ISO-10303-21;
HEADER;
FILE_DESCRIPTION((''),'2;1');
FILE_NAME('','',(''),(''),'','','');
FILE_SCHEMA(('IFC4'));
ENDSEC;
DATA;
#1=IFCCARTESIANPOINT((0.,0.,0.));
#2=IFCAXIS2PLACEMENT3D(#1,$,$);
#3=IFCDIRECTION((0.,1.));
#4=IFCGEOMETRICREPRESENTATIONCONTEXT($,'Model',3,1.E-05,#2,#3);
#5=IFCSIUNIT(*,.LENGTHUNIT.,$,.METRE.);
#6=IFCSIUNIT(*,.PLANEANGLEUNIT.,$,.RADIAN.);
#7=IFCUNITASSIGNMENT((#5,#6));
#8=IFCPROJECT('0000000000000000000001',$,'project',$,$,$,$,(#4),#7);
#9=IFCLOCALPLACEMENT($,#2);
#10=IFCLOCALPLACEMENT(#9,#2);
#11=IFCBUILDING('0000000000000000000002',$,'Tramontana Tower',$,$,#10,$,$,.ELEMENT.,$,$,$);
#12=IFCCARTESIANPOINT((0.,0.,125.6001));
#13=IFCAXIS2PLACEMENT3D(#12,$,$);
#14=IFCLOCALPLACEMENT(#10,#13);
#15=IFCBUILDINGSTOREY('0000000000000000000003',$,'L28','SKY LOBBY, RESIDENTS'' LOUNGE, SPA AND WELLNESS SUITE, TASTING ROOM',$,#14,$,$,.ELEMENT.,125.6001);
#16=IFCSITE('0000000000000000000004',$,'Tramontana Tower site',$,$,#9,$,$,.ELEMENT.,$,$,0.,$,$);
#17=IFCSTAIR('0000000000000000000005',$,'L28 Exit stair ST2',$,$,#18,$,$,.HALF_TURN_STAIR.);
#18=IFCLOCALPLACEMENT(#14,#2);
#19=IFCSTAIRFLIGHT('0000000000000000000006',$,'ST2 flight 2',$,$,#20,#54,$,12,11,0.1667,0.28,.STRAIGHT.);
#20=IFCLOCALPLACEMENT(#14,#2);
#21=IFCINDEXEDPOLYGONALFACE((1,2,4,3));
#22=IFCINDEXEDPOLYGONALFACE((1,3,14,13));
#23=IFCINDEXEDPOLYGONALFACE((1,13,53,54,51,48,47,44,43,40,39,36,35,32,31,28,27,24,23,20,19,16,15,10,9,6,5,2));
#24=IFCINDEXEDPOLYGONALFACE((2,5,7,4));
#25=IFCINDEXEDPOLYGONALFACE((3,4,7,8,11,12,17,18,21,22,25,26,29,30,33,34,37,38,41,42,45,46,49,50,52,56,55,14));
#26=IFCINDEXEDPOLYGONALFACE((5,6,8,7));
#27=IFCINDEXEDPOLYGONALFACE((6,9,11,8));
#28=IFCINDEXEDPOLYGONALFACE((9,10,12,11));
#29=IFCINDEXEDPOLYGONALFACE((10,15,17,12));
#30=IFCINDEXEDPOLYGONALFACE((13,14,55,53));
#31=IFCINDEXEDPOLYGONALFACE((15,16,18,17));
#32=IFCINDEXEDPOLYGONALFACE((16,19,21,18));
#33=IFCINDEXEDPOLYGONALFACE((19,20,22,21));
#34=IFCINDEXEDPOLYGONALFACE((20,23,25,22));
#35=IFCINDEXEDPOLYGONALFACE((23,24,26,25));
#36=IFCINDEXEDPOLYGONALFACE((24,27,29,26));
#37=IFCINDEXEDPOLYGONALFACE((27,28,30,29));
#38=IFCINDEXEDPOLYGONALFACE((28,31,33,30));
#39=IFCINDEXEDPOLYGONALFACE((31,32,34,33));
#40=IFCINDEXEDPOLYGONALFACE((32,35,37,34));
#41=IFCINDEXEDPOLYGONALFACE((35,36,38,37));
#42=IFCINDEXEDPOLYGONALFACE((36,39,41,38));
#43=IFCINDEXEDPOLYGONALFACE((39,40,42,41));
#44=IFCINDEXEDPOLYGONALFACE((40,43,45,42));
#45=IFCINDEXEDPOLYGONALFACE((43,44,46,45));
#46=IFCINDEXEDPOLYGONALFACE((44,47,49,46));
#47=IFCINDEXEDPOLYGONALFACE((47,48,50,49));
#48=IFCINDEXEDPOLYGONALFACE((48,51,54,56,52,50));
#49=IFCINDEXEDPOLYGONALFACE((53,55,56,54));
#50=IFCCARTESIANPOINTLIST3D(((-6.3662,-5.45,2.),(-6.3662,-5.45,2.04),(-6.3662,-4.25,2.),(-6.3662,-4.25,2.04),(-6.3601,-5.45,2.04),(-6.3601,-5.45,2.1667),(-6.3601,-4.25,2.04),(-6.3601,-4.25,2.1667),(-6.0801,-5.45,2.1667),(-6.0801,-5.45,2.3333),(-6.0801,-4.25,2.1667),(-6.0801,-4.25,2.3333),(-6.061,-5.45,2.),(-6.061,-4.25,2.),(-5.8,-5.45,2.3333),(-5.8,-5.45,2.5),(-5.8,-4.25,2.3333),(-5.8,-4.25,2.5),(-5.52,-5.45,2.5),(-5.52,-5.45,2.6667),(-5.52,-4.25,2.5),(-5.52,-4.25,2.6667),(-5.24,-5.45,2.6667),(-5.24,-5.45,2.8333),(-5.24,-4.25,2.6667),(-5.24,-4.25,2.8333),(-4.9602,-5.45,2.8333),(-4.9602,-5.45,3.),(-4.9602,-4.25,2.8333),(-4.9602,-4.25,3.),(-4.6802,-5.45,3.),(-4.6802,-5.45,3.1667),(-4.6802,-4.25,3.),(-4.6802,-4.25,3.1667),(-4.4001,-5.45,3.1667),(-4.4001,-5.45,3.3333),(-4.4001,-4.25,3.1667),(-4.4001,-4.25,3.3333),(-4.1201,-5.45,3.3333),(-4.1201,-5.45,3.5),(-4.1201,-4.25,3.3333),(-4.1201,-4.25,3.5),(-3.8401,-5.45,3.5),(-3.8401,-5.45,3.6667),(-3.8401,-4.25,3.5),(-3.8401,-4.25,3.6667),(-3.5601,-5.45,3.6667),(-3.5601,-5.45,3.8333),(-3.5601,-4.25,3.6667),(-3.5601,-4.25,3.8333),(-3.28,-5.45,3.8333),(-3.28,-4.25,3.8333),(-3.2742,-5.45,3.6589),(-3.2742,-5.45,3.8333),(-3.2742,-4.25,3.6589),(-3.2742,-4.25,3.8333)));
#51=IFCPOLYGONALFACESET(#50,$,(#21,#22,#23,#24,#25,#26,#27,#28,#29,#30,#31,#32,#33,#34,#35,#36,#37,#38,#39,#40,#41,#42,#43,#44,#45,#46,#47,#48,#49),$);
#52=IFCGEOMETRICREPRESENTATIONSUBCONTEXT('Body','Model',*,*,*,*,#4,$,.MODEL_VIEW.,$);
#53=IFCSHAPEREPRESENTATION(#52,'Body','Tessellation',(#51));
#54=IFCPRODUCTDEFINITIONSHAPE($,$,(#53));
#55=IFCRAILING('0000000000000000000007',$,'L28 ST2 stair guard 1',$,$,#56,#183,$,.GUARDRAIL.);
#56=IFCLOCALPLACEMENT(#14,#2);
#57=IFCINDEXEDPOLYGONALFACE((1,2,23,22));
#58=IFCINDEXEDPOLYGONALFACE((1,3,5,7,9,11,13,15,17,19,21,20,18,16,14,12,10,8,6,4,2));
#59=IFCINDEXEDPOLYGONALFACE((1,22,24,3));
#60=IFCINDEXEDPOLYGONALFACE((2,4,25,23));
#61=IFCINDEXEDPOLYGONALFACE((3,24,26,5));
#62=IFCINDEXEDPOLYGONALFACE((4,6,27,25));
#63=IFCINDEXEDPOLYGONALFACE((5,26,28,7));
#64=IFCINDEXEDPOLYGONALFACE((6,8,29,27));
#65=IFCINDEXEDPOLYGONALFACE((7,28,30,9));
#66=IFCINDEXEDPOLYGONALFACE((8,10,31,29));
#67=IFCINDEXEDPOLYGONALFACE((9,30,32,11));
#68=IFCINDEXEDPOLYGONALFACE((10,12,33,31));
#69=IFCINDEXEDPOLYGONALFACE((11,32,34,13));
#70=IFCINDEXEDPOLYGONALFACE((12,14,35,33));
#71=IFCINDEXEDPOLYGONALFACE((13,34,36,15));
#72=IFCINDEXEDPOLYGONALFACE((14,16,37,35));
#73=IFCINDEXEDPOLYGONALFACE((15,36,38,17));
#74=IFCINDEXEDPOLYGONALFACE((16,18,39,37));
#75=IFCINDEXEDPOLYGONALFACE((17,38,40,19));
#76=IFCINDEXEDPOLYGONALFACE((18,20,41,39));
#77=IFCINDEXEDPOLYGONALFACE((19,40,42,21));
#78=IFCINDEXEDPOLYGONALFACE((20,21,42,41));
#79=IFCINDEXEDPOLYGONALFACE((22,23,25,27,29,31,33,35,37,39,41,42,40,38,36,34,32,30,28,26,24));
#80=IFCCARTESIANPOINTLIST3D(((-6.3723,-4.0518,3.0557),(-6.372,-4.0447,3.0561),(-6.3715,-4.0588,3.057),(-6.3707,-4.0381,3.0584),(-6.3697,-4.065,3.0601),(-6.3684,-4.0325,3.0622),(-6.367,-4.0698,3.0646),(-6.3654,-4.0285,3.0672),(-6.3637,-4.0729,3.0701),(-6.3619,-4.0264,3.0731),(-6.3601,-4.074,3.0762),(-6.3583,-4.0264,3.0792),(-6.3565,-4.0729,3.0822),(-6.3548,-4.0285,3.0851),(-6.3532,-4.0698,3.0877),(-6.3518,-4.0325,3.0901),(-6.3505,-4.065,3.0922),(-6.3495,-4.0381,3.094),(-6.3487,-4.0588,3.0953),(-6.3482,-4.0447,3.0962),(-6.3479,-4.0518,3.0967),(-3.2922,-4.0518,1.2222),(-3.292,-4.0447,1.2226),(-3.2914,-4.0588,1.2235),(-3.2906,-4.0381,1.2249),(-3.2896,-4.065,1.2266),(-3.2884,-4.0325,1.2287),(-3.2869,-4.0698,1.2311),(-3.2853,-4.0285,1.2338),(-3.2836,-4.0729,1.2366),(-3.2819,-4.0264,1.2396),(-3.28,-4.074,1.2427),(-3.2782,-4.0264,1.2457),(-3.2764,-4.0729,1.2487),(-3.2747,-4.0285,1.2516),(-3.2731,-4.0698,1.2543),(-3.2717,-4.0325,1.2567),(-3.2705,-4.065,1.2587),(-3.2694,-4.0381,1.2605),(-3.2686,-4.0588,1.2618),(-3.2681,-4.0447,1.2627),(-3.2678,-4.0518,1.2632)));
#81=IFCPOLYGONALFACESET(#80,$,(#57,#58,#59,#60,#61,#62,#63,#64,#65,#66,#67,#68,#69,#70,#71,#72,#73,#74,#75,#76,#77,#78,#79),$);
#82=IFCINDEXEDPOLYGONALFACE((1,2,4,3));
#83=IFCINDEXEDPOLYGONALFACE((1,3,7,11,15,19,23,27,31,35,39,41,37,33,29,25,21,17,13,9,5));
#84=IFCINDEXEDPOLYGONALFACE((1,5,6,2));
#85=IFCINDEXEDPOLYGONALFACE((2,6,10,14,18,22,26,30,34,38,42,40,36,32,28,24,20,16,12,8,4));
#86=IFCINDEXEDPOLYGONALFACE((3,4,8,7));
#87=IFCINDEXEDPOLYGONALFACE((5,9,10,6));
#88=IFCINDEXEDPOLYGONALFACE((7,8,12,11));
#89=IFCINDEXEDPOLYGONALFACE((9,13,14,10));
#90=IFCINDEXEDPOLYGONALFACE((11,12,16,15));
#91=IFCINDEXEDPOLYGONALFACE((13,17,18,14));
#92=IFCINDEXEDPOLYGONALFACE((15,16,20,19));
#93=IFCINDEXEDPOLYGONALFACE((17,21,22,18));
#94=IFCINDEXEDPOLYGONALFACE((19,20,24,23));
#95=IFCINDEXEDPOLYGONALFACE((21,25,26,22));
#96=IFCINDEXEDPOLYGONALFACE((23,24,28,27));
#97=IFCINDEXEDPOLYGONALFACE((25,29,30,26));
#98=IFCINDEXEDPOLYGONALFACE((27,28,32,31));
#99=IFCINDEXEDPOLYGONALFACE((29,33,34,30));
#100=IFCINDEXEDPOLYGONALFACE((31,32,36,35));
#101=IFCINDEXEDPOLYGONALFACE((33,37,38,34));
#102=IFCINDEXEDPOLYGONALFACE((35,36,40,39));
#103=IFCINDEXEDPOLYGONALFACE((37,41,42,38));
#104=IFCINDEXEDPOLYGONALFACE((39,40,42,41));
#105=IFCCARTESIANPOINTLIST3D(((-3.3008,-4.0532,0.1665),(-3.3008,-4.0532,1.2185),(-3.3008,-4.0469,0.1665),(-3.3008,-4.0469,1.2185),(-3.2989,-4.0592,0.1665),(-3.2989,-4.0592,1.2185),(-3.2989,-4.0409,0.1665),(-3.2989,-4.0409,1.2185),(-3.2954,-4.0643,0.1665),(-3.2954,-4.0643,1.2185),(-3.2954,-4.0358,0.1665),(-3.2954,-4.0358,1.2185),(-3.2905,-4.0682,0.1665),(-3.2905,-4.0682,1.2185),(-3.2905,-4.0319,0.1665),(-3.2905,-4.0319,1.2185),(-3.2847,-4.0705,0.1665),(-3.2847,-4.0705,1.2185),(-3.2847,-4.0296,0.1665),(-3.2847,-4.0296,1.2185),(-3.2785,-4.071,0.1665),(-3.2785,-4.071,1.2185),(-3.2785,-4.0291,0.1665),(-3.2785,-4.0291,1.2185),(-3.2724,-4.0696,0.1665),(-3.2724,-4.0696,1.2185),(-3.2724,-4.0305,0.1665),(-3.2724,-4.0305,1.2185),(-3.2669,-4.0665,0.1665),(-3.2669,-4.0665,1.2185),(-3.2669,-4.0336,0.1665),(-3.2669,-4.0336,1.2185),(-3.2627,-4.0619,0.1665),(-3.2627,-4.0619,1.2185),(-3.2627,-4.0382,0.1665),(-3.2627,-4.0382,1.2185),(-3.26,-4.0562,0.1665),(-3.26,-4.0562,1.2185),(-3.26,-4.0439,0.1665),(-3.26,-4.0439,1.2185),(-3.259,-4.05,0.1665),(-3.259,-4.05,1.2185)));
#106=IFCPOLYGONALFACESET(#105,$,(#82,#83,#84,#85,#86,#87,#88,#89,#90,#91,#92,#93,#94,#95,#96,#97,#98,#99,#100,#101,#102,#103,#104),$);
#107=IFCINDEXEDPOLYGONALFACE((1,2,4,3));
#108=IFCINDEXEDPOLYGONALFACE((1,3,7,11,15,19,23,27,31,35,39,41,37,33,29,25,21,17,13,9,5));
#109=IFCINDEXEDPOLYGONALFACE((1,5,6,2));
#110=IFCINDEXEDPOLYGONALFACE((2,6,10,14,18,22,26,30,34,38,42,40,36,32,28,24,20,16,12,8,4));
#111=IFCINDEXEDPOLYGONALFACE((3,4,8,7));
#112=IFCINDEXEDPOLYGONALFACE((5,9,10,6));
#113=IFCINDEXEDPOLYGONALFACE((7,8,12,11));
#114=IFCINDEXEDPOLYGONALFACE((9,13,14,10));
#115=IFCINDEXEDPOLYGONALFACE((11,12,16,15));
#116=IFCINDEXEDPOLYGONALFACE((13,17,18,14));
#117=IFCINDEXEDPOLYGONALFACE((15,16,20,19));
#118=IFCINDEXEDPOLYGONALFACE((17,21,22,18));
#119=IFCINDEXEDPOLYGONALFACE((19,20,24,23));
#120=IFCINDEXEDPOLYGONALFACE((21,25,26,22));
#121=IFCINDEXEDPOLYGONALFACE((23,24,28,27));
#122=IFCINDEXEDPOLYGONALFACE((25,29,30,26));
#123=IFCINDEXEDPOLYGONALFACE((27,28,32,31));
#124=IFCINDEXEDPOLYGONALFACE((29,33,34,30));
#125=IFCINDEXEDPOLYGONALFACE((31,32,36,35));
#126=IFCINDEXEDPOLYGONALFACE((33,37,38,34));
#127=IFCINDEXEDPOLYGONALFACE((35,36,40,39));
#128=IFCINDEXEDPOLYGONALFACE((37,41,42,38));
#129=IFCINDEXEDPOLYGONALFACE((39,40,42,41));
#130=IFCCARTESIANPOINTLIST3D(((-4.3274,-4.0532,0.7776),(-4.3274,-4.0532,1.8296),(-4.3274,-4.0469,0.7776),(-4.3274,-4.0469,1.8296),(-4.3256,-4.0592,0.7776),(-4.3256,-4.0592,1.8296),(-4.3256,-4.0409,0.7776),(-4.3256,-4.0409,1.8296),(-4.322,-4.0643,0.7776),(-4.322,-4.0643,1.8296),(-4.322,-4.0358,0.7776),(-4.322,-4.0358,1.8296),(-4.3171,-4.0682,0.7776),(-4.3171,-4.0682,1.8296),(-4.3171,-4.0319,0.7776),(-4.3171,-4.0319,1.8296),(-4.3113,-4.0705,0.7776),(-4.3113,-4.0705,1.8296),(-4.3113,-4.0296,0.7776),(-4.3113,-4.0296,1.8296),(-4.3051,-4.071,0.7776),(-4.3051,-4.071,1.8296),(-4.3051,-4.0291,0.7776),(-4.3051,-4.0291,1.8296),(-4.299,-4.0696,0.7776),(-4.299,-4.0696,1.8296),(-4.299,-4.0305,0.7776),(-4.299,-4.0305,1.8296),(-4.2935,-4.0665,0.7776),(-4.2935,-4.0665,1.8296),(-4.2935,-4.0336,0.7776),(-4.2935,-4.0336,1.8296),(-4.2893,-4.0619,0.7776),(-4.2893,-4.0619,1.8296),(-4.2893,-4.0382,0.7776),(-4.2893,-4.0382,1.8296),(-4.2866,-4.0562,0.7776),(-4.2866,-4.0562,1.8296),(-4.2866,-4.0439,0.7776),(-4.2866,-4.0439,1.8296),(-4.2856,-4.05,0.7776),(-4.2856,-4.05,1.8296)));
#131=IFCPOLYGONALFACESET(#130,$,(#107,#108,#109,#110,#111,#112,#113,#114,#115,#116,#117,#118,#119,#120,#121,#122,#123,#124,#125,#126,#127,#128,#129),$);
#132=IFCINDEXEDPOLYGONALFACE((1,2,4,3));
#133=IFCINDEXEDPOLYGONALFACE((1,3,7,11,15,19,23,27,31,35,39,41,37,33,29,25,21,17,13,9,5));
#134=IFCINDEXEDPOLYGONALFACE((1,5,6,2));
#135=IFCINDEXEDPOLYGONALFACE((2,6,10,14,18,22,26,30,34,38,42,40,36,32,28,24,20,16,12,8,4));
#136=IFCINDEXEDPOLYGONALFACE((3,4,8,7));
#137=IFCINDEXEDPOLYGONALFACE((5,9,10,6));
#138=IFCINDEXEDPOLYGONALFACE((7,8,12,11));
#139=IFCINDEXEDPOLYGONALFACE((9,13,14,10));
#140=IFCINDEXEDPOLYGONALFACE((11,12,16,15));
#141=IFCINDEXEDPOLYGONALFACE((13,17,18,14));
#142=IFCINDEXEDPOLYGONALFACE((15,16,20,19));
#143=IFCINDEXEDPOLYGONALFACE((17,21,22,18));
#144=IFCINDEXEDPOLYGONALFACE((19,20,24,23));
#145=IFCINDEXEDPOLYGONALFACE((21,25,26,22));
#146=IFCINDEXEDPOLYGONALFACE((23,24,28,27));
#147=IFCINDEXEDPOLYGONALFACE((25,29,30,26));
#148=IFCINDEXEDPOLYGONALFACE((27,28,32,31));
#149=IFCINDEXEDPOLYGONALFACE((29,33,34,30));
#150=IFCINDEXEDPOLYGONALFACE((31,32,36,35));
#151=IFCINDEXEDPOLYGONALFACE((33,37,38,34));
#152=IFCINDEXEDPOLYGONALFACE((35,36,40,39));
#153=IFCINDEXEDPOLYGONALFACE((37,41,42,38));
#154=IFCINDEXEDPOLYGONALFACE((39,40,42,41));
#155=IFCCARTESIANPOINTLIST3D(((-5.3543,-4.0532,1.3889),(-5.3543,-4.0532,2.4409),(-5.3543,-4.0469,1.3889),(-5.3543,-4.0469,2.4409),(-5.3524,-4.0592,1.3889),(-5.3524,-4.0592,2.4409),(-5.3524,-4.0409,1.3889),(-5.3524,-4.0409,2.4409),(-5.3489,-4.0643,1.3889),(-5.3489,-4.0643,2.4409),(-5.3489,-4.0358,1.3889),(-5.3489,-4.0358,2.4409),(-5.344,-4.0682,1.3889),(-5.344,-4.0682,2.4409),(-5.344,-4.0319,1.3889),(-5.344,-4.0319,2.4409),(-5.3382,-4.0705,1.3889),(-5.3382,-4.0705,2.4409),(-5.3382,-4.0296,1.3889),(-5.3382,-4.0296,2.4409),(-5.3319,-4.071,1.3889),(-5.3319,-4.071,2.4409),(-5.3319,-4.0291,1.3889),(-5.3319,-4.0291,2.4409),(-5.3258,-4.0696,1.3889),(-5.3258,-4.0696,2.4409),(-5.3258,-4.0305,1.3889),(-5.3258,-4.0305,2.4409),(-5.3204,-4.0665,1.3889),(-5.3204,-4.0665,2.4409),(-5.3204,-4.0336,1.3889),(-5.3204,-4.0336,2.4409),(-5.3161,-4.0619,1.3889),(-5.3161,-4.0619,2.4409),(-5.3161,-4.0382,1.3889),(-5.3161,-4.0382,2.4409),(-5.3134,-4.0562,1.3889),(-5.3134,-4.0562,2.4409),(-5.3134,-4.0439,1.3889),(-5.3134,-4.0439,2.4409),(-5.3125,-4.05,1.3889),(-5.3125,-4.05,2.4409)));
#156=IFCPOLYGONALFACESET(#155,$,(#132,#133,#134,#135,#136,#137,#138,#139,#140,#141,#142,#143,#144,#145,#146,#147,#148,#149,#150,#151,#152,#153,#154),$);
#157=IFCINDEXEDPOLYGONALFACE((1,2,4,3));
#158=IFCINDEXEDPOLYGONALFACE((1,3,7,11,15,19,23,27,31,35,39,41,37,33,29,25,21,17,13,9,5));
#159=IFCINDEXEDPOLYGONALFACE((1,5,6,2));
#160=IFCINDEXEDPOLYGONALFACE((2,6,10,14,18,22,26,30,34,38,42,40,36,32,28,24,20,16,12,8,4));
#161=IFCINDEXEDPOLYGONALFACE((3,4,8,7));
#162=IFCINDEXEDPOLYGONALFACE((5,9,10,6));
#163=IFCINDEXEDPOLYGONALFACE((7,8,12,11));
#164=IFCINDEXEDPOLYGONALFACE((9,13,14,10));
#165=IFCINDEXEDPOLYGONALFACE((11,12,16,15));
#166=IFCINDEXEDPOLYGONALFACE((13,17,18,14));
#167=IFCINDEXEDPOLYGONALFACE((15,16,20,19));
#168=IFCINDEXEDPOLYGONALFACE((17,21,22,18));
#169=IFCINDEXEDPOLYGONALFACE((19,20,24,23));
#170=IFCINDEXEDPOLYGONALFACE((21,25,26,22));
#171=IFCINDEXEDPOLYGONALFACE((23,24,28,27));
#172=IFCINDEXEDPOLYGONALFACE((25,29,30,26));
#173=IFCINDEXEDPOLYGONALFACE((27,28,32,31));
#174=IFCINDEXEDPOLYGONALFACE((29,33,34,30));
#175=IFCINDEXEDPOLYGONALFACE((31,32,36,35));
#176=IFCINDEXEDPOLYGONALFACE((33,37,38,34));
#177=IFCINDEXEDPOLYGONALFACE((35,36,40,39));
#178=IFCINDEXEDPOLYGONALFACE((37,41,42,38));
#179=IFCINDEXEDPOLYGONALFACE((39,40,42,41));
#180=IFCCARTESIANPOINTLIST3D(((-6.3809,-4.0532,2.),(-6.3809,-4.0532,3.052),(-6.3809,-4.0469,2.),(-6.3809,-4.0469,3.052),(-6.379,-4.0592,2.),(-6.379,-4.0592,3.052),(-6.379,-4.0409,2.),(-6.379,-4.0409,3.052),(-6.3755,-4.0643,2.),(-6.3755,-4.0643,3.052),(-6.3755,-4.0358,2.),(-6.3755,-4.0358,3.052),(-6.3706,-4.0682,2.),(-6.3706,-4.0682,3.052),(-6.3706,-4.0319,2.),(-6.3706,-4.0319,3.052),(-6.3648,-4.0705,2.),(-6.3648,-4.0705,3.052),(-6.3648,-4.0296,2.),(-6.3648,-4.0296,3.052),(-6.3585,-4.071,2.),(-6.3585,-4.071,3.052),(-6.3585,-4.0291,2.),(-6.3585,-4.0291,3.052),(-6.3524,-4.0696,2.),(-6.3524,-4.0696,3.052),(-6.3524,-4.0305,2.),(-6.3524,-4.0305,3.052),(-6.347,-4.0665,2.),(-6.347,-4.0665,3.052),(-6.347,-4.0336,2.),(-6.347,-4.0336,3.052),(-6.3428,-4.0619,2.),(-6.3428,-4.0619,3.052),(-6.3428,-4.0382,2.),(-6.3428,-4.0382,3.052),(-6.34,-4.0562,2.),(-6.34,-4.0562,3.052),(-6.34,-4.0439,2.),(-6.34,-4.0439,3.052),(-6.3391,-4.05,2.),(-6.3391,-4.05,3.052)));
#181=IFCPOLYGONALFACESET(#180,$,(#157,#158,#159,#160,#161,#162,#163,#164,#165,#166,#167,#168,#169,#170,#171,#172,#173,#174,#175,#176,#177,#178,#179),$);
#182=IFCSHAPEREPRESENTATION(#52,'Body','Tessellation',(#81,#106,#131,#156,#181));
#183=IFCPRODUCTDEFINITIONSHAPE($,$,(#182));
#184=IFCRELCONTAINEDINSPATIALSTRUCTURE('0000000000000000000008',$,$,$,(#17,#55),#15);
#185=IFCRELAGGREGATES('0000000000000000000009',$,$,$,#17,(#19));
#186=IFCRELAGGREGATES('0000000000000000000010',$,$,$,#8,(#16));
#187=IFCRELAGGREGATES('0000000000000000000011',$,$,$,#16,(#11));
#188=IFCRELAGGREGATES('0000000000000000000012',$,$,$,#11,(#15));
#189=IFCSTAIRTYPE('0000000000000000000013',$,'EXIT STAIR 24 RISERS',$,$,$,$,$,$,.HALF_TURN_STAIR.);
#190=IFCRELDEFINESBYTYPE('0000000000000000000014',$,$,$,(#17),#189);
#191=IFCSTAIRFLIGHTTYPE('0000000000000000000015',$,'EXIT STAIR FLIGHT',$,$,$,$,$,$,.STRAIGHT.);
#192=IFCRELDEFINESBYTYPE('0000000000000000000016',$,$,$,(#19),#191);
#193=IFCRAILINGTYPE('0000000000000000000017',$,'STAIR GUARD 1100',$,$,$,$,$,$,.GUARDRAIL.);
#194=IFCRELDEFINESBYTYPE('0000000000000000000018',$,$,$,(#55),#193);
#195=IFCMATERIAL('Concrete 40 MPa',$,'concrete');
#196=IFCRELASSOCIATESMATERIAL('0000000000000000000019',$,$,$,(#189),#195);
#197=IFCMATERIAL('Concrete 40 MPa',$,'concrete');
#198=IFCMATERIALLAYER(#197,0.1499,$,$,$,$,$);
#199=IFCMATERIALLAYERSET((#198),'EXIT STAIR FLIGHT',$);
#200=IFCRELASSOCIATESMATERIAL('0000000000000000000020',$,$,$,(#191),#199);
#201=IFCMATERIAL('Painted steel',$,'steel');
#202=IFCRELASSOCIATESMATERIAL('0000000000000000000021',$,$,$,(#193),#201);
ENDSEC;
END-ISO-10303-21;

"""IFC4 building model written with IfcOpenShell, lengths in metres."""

from ifc_helpers import new_model, si_unit, direction, frame, origin, origin_2d, place, context, subcontext, project, spatial, polyline, circle, outline, extrude, material, layer, layer_set, type_object, element, aggregate, save


model = new_model("IFC4")

# Units and contexts
model_context = context("Model", 3, precision=1e-05, world=origin(), true_north=direction((0.0, 1.0)))
body_context = subcontext(model_context, "Body", "Model", "MODEL_VIEW")
ifc_project = project(units=[si_unit("LENGTHUNIT", "METRE"), si_unit("PLANEANGLEUNIT", "RADIAN")], contexts=[model_context])

# Site, building, storey
site_placement = place(None, origin())
site = spatial("IfcSite", under=ifc_project, at=site_placement, Name="Tramontana Tower site", CompositionType="ELEMENT", RefElevation=0.0)
building_placement = place(site_placement, origin())
building = spatial("IfcBuilding", under=site, at=building_placement, Name="Tramontana Tower", CompositionType="ELEMENT")
storey_placement = place(building_placement, frame((0.0, 0.0, 125.6001)))
storey = spatial("IfcBuildingStorey", under=building, at=storey_placement, Name="L28", Description="SKY LOBBY, RESIDENTS' LOUNGE, SPA AND WELLNESS SUITE, TASTING ROOM", CompositionType="ELEMENT", Elevation=125.6001)

# Stair, stair flight
ifc_material_1 = material(Name="Concrete 40 MPa", Category="concrete")
stair_type = type_object("IfcStairType", Name="EXIT STAIR 24 RISERS", PredefinedType="HALF_TURN_STAIR", material=ifc_material_1)
stair_placement = place(storey_placement, origin())
stair = element("IfcStair", 1, at=stair_placement, inside=storey, type_object=stair_type, Name="L28 Exit stair ST2", PredefinedType="HALF_TURN_STAIR")
ifc_material_2 = material(Name="Concrete 40 MPa", Category="concrete")
ifc_layer_1 = layer(ifc_material_2, 0.1499)
ifc_layer_set_1 = layer_set([ifc_layer_1], Name="EXIT STAIR FLIGHT")
stair_flight_type = type_object("IfcStairFlightType", Name="EXIT STAIR FLIGHT", PredefinedType="STRAIGHT", material=ifc_layer_set_1)
stair_flight_1_placement = place(storey_placement, frame((-6.3601, -4.8501, 2.0), z_axis=(0.0, 0.0, 1.0), x_axis=(1.0, 0.0, 0.0)))
stair_flight_1 = element("IfcStairFlight", 2, at=stair_flight_1_placement, type_object=stair_flight_type, Name="ST2 flight 2", NumberOfRisers=12, NumberOfTreads=11, PredefinedType="STRAIGHT", RiserHeight=0.1667, TreadLength=0.28, context=body_context, shape_type="SweptSolid", body=[
    extrude(outline(polyline([(-0.0061, 0.0), (-0.0061, 0.04), (0.0, 0.04), (0.0, 0.1667), (0.28, 0.1667), (0.28, 0.3333), (0.5601, 0.3333), (0.5601, 0.5), (0.8401, 0.5), (0.8401, 0.6667), (1.1201, 0.6667), (1.1201, 0.8333), (1.3999, 0.8333), (1.3999, 1.0), (1.6799, 1.0), (1.6799, 1.1667), (1.96, 1.1667), (1.96, 1.3333), (2.24, 1.3333), (2.24, 1.5), (2.52, 1.5), (2.52, 1.6667), (2.8, 1.6667), (2.8, 1.8333), (3.0801, 1.8333), (3.0859, 1.8333), (3.0859, 1.6589), (0.2991, 0.0), (-0.0061, 0.0)])), frame((0.0, 0.6001, 0.0), z_axis=(0.0, -1.0, 0.0), x_axis=(1.0, 0.0, 0.0)), (0.0, 0.0, 1.0), 1.2),
])
aggregate(stair, [stair_flight_1])

# Railing
ifc_material_3 = material(Name="Painted steel", Category="steel")
railing_type_1 = type_object("IfcRailingType", Name="STAIR GUARD 1100", PredefinedType="GUARDRAIL", material=ifc_material_3)
railing_1_placement = place(storey_placement, frame((-3.28, -4.05, 0.1665)))
element("IfcRailing", 3, at=railing_1_placement, inside=storey, type_object=railing_type_1, Name="L28 ST2 stair guard 1", PredefinedType="GUARDRAIL", context=body_context, shape_type="SweptSolid", body=[
    extrude(circle(Radius=0.0239, at=origin_2d()), frame((0.0, 0.0, 1.0762), z_axis=(-0.859279, 0.0, 0.511508), x_axis=(0.0, -1.0, 0.0)), (0.0, 0.0, 1.0), 3.5845),
    extrude(circle(Radius=0.021, at=origin_2d()), origin(), (0.0, 0.0, 1.0), 1.052),
    extrude(circle(Radius=0.021, at=origin_2d()), frame((-1.0266, 0.0, 0.6111)), (0.0, 0.0, 1.0), 1.052),
    extrude(circle(Radius=0.021, at=origin_2d()), frame((-2.0535, 0.0, 1.2224)), (0.0, 0.0, 1.0), 1.052),
    extrude(circle(Radius=0.021, at=origin_2d()), frame((-3.0801, 0.0, 1.8335)), (0.0, 0.0, 1.0), 1.052),
])

save(model, "model.ifc")
